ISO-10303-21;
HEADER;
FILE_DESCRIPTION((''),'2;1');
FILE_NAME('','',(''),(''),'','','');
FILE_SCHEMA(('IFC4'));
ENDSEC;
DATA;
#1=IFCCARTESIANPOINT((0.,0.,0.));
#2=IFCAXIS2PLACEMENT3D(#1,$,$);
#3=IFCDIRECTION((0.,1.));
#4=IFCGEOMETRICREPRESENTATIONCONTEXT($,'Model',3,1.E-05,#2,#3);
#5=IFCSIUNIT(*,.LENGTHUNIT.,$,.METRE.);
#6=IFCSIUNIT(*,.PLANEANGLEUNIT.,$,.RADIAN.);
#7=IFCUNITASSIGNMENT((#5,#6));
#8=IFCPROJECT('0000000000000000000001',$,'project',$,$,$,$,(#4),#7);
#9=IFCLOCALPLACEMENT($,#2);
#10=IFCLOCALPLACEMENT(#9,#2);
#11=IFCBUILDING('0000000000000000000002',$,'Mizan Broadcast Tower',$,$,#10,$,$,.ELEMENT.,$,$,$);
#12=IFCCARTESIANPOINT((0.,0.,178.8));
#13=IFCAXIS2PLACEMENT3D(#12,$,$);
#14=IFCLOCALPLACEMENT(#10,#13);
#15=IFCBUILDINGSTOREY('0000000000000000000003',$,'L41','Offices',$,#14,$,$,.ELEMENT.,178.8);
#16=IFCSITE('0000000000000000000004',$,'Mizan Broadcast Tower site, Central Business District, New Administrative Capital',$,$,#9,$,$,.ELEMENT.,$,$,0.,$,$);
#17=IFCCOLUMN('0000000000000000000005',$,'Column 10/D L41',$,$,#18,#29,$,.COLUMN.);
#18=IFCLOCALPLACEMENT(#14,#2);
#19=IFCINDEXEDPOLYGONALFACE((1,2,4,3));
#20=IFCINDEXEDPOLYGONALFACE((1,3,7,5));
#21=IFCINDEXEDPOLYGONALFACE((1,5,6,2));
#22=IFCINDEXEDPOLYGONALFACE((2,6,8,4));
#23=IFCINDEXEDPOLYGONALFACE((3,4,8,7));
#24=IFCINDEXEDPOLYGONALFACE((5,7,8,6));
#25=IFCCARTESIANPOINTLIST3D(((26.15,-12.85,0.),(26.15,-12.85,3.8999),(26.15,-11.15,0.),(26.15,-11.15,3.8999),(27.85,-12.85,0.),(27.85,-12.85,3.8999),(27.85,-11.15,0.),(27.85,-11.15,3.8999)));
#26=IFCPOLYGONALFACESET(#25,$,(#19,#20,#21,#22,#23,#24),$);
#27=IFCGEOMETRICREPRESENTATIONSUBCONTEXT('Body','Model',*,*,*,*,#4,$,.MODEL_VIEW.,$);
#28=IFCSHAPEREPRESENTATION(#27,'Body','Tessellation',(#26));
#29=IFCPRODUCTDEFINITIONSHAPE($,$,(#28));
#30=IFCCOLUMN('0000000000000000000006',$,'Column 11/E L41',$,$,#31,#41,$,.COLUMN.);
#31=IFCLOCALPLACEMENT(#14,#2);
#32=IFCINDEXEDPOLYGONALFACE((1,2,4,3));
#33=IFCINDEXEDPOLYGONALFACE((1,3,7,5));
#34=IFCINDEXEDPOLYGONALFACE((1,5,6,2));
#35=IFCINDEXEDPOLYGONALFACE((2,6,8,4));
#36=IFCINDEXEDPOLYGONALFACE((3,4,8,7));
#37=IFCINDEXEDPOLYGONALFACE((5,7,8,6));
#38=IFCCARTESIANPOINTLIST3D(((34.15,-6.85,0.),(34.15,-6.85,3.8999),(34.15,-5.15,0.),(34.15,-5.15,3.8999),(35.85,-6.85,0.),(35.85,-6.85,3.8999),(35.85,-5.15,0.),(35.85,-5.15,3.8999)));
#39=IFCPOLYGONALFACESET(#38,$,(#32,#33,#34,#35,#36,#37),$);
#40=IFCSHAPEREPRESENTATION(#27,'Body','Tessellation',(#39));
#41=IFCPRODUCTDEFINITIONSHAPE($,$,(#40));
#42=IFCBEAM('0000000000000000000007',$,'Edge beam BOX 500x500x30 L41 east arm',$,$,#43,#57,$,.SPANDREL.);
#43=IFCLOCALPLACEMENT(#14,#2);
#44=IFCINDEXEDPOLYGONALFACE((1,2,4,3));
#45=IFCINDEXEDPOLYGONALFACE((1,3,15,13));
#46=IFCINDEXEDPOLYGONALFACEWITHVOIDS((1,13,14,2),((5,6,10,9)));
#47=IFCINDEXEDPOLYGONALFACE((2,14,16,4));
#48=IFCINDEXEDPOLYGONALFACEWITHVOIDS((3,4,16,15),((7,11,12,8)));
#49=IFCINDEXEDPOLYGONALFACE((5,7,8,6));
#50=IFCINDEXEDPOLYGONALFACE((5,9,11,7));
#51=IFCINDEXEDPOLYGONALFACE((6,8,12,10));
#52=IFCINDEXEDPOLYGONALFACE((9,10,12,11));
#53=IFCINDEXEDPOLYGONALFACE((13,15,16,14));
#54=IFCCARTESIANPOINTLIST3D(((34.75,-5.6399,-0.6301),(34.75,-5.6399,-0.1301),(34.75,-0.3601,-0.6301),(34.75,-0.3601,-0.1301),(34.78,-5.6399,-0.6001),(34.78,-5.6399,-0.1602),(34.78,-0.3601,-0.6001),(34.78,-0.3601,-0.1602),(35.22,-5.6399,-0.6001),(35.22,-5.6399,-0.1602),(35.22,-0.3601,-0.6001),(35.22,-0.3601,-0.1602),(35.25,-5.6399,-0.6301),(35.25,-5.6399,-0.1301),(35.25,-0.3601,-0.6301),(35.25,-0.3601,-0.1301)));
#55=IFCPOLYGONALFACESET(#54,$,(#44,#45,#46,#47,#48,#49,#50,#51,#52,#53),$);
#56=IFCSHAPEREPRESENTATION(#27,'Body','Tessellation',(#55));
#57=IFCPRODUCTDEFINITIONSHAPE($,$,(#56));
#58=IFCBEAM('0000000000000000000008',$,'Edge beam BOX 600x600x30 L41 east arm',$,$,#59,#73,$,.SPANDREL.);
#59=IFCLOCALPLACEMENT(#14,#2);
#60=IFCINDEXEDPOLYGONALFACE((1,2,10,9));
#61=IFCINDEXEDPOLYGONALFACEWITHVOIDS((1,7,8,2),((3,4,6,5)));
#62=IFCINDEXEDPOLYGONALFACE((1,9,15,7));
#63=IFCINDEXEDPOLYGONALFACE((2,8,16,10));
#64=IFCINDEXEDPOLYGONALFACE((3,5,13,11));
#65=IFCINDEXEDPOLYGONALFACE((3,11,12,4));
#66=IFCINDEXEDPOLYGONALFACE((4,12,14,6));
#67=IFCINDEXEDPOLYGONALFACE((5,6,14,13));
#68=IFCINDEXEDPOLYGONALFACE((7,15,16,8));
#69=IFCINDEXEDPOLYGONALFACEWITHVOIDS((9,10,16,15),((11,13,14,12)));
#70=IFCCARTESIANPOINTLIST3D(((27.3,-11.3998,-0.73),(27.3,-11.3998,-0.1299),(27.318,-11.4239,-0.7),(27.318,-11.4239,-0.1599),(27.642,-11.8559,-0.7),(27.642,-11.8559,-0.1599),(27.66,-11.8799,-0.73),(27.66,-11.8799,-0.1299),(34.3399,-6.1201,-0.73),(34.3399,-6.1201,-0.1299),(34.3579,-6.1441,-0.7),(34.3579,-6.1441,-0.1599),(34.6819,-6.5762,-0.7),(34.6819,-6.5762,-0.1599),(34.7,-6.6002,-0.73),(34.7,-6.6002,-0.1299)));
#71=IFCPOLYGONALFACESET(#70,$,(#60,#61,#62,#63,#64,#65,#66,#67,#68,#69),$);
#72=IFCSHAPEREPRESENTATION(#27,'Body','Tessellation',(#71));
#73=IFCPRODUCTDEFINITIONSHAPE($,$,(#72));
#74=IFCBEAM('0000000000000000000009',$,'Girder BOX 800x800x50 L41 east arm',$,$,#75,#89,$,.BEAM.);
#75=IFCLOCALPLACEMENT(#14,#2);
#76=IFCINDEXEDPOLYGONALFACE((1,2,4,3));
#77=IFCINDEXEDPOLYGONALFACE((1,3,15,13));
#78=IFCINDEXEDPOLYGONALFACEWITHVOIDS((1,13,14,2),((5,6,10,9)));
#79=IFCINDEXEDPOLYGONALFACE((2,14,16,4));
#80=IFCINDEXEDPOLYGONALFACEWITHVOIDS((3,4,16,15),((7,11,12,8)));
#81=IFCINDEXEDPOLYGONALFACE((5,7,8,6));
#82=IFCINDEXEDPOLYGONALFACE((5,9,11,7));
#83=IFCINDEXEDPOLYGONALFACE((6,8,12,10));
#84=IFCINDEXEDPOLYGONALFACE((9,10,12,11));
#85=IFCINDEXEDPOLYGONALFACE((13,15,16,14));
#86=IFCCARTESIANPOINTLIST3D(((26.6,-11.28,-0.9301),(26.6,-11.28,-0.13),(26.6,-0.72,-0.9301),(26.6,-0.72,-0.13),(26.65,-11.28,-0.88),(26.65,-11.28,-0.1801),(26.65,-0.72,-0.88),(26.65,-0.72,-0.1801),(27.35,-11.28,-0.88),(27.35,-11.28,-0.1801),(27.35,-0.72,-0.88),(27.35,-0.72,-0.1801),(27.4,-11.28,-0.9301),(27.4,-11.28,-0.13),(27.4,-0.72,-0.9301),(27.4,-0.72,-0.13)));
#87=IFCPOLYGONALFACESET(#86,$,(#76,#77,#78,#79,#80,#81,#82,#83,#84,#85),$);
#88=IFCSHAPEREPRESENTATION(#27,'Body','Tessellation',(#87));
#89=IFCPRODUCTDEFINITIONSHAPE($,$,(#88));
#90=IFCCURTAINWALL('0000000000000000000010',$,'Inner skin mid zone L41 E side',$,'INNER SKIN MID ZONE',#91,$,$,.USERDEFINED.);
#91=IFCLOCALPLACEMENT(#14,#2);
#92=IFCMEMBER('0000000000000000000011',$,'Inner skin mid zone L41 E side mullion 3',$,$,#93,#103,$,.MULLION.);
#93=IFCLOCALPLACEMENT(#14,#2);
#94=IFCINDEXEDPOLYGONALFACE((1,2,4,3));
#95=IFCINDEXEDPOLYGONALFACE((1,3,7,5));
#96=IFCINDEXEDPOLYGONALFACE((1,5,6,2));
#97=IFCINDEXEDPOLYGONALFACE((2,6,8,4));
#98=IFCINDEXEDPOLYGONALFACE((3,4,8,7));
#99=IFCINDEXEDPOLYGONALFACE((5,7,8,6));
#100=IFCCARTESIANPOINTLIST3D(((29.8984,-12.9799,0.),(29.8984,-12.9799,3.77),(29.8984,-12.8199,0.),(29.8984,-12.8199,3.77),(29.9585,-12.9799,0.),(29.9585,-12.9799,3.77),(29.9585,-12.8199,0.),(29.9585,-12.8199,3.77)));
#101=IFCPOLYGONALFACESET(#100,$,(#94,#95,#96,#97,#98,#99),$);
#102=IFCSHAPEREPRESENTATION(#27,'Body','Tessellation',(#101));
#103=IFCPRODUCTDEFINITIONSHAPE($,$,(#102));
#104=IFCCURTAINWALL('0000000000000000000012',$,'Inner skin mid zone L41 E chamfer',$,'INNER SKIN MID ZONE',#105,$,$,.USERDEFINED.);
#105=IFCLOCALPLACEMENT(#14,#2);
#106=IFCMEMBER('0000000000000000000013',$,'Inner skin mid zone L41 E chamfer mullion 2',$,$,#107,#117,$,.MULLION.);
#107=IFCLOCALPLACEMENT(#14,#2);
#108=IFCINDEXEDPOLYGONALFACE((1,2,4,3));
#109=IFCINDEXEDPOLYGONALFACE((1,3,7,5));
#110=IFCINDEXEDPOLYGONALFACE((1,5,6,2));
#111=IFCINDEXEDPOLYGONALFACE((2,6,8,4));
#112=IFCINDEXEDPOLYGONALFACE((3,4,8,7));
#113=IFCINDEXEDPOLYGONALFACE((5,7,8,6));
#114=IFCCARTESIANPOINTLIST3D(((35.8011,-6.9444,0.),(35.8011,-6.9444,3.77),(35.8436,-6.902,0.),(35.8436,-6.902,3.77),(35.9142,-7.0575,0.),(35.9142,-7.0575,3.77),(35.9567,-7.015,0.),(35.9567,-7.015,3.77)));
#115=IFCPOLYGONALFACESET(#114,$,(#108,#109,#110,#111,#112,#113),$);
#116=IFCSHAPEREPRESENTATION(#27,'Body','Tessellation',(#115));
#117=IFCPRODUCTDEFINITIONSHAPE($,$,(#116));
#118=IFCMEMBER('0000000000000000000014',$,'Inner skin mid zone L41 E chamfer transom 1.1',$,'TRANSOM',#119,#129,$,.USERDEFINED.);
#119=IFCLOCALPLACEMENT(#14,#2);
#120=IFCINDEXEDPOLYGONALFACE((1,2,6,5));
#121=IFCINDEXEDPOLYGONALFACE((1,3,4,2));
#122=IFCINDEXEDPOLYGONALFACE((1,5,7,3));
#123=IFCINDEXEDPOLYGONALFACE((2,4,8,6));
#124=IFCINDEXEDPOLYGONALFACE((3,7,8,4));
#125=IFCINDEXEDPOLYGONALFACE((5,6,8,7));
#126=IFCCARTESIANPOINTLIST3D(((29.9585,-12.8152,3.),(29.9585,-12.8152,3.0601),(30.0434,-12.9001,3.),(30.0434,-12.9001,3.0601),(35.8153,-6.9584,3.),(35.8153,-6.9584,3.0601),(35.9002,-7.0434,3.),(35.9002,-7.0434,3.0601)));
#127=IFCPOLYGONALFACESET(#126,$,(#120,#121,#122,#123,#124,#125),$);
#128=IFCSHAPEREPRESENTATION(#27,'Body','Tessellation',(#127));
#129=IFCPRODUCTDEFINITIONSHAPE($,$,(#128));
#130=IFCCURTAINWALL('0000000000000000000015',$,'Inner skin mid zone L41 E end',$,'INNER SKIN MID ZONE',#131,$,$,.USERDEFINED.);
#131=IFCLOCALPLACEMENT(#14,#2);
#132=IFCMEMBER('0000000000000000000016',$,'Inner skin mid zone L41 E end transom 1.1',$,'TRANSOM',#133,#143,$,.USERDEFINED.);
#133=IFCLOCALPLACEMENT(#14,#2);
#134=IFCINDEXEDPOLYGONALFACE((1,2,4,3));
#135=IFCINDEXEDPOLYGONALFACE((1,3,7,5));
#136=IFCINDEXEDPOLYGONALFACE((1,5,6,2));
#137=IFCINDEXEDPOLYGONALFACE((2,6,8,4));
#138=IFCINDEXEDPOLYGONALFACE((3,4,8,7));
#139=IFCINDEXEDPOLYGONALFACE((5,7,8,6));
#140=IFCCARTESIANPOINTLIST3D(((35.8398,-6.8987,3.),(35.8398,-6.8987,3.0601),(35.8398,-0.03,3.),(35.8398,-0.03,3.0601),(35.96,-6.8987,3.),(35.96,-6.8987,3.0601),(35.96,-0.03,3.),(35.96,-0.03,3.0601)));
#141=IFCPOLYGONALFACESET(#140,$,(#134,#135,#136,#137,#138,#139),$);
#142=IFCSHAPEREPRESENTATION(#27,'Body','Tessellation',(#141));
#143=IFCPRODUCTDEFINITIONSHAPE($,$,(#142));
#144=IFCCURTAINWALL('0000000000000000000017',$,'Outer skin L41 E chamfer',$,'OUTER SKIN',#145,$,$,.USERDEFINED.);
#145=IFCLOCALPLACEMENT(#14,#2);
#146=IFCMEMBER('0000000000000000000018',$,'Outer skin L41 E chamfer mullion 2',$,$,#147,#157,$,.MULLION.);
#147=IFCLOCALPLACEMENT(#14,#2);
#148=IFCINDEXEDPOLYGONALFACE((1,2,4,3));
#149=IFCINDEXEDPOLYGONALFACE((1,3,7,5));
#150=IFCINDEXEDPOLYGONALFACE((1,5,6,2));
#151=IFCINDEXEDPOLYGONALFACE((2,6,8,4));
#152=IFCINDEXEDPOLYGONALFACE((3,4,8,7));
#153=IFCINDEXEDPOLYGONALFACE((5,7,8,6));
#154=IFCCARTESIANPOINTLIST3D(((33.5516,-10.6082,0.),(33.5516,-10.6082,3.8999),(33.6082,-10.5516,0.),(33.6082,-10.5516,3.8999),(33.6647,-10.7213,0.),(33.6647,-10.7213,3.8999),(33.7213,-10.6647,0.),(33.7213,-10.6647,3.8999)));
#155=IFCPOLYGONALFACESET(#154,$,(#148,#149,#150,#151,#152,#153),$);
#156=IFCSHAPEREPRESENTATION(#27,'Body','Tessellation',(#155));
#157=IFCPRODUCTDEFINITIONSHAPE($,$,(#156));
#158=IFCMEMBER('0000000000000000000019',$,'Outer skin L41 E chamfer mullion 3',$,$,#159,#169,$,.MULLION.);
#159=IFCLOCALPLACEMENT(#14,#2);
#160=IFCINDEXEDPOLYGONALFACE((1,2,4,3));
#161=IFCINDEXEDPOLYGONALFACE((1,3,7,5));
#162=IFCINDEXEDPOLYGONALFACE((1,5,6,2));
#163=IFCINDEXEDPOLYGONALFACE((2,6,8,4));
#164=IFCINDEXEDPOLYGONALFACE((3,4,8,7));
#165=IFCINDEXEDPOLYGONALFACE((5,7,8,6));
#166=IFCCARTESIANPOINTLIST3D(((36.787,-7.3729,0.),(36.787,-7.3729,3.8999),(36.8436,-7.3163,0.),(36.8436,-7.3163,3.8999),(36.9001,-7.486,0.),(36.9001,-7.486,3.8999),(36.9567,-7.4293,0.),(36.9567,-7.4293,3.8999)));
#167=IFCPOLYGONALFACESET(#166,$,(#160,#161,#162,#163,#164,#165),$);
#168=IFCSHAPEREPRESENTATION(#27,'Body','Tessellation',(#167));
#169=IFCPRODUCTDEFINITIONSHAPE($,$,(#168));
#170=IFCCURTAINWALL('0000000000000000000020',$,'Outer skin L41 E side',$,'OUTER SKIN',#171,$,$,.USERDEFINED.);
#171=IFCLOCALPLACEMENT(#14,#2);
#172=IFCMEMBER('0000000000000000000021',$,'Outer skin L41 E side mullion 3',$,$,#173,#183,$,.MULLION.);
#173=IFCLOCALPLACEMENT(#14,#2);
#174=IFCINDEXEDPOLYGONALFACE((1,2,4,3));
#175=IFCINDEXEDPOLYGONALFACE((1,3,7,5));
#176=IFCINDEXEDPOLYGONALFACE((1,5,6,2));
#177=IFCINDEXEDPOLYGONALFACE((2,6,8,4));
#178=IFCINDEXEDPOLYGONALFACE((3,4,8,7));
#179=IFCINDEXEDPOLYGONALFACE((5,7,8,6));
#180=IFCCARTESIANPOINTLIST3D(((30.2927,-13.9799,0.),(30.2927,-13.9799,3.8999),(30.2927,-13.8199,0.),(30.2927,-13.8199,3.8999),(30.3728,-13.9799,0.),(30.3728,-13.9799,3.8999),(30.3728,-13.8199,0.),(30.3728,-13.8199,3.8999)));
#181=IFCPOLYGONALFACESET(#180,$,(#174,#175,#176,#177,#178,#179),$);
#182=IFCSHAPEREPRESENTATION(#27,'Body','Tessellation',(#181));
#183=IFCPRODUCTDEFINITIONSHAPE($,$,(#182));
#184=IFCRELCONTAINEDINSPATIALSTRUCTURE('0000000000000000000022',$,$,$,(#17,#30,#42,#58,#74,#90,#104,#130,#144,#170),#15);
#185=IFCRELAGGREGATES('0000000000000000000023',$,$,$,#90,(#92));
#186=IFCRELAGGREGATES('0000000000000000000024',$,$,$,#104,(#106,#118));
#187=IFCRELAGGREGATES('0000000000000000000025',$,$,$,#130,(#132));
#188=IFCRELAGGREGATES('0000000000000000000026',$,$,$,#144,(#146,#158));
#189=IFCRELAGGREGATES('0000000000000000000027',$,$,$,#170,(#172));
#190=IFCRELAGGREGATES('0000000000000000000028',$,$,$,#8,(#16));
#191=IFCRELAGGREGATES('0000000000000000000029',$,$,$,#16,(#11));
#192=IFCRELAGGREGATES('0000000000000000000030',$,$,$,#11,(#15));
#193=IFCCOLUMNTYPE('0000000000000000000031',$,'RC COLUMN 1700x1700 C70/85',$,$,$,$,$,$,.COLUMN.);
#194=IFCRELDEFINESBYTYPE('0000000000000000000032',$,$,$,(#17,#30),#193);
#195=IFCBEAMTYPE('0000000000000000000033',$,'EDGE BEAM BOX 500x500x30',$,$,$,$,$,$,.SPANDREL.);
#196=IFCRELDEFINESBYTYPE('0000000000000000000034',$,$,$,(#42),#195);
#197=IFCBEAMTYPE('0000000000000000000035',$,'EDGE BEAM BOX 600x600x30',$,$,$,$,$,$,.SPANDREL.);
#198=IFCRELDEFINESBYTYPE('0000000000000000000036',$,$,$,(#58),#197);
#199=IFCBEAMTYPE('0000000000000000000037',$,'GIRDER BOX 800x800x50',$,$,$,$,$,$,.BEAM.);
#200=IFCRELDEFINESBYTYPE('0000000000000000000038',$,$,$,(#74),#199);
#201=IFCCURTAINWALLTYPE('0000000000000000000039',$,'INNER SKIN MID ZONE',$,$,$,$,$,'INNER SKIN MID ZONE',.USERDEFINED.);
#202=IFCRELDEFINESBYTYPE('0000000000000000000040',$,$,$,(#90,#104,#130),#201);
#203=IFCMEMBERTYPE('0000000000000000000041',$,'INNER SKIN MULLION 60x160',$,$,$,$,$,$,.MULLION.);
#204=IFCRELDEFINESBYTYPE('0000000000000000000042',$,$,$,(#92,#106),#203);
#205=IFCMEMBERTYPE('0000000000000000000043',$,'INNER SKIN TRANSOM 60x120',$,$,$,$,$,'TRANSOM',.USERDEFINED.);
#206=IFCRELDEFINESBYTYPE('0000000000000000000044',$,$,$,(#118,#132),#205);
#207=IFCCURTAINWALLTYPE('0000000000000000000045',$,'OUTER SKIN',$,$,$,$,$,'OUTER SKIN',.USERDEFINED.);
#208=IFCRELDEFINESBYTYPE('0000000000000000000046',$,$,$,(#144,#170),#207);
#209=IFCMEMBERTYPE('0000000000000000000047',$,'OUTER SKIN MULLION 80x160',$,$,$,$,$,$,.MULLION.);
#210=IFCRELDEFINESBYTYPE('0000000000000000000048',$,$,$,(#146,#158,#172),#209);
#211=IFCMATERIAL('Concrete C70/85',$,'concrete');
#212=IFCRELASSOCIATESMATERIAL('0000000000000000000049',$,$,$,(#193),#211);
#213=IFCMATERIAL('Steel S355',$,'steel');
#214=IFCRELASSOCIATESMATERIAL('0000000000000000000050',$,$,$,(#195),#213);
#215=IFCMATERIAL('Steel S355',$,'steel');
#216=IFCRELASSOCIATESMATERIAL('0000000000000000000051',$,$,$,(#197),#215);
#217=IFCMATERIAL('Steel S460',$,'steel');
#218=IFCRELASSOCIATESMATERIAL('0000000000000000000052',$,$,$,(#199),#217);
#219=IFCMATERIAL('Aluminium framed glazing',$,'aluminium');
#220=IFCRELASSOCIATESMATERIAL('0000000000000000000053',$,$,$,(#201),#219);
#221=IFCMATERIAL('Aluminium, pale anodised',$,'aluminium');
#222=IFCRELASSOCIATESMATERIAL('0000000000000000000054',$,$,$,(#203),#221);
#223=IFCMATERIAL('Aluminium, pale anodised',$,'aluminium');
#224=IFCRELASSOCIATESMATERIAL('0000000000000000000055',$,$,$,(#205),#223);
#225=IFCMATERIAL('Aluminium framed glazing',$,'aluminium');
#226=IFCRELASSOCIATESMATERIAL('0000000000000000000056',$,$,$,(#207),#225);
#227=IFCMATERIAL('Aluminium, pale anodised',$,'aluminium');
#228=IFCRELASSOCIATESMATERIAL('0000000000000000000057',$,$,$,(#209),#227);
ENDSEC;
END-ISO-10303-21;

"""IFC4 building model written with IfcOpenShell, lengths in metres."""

from ifc_helpers import new_model, si_unit, direction, frame, origin, origin_2d, place, context, subcontext, project, spatial, rectangle, hollow_rectangle, extrude, material, material_profile, profile_set, type_object, element, aggregate, save


model = new_model("IFC4")

# Units and contexts
model_context = context("Model", 3, precision=1e-05, world=origin(), true_north=direction((0.0, 1.0)))
body_context = subcontext(model_context, "Body", "Model", "MODEL_VIEW")
ifc_project = project(units=[si_unit("LENGTHUNIT", "METRE"), si_unit("PLANEANGLEUNIT", "RADIAN")], contexts=[model_context])

# Site, building, storey
site_placement = place(None, origin())
site = spatial("IfcSite", under=ifc_project, at=site_placement, Name="Mizan Broadcast Tower site, Central Business District, New Administrative Capital", CompositionType="ELEMENT", RefElevation=0.0)
building_placement = place(site_placement, origin())
building = spatial("IfcBuilding", under=site, at=building_placement, Name="Mizan Broadcast Tower", CompositionType="ELEMENT")
storey_placement = place(building_placement, frame((0.0, 0.0, 178.8)))
storey = spatial("IfcBuildingStorey", under=building, at=storey_placement, Name="L41", Description="Offices", CompositionType="ELEMENT", Elevation=178.8)

# Columns
ifc_material_1 = material(Name="Concrete C70/85", Category="concrete")
ifc_material_profile_1 = material_profile(ifc_material_1, rectangle(XDim=1.7, YDim=1.7, at=origin_2d()), Name="RC 1700x1700")
ifc_profile_set_1 = profile_set([ifc_material_profile_1], Name="Concrete C70/85")
column_type = type_object("IfcColumnType", Name="RC COLUMN 1700x1700 C70/85", PredefinedType="COLUMN", material=ifc_profile_set_1)
for number, where, z_axis, x_axis, name in (
    (1, (27.0, -12.0, 0.0), (0.0, 0.0, 1.0), (1.0, 0.0, 0.0), "Column 10/D L41"),
    (2, (35.0, -6.0, 0.0), (0.0, 0.0, 1.0), (1.0, 0.0, 0.0), "Column 11/E L41"),
):
    element("IfcColumn", number, at=place(storey_placement, frame(where, z_axis=z_axis, x_axis=x_axis)), inside=storey, type_object=column_type, Name=name, PredefinedType="COLUMN", context=body_context, shape_type="SweptSolid", body=[
        extrude(rectangle(XDim=1.7, YDim=1.7, at=origin_2d()), origin(), (0.0, 0.0, 1.0), 3.8999),
    ])

# Beams
ifc_material_2 = material(Name="Steel S355", Category="steel")
ifc_material_profile_2 = material_profile(ifc_material_2, hollow_rectangle(XDim=0.5, YDim=0.5, WallThickness=0.03, at=origin_2d()), Name="BOX 500x500x30")
ifc_profile_set_2 = profile_set([ifc_material_profile_2], Name="Steel S355")
beam_type_1 = type_object("IfcBeamType", Name="EDGE BEAM BOX 500x500x30", PredefinedType="SPANDREL", material=ifc_profile_set_2)
beam_1_placement = place(storey_placement, frame((35.0, -5.6399, -0.3801), z_axis=(0.0, 1.0, 0.0), x_axis=(-1.0, 0.0, 0.0)))
element("IfcBeam", 3, at=beam_1_placement, inside=storey, type_object=beam_type_1, Name="Edge beam BOX 500x500x30 L41 east arm", PredefinedType="SPANDREL", context=body_context, shape_type="SweptSolid", body=[
    extrude(hollow_rectangle(XDim=0.5, YDim=0.5, WallThickness=0.03, at=origin_2d()), origin(), (0.0, 0.0, 1.0), 5.2798),
])
ifc_material_3 = material(Name="Steel S355", Category="steel")
ifc_material_profile_3 = material_profile(ifc_material_3, hollow_rectangle(XDim=0.6001, YDim=0.6001, WallThickness=0.03, at=origin_2d()), Name="BOX 600x600x30")
ifc_profile_set_3 = profile_set([ifc_material_profile_3], Name="Steel S355")
beam_type_2 = type_object("IfcBeamType", Name="EDGE BEAM BOX 600x600x30", PredefinedType="SPANDREL", material=ifc_profile_set_3)
beam_2_placement = place(storey_placement, frame((27.48, -11.6399, -0.4299), z_axis=(0.800013, 0.599982, 0.0), x_axis=(-0.599982, 0.800013, 0.0)))
element("IfcBeam", 4, at=beam_2_placement, inside=storey, type_object=beam_type_2, Name="Edge beam BOX 600x600x30 L41 east arm", PredefinedType="SPANDREL", context=body_context, shape_type="SweptSolid", body=[
    extrude(hollow_rectangle(XDim=0.6001, YDim=0.6001, WallThickness=0.03, at=origin_2d()), origin(), (0.0, 0.0, 1.0), 8.7998),
])
ifc_material_4 = material(Name="Steel S460", Category="steel")
ifc_material_profile_4 = material_profile(ifc_material_4, hollow_rectangle(XDim=0.8, YDim=0.8, WallThickness=0.05, at=origin_2d()), Name="BOX 800x800x50")
ifc_profile_set_4 = profile_set([ifc_material_profile_4], Name="Steel S460")
beam_type_3 = type_object("IfcBeamType", Name="GIRDER BOX 800x800x50", PredefinedType="BEAM", material=ifc_profile_set_4)
beam_3_placement = place(storey_placement, frame((27.0, -11.28, -0.53), z_axis=(0.0, 1.0, 0.0), x_axis=(-1.0, 0.0, 0.0)))
element("IfcBeam", 5, at=beam_3_placement, inside=storey, type_object=beam_type_3, Name="Girder BOX 800x800x50 L41 east arm", PredefinedType="BEAM", context=body_context, shape_type="SweptSolid", body=[
    extrude(hollow_rectangle(XDim=0.8, YDim=0.8, WallThickness=0.05, at=origin_2d()), origin(), (0.0, 0.0, 1.0), 10.5601),
])

# Curtain wall, member
ifc_material_5 = material(Name="Aluminium framed glazing", Category="aluminium")
curtain_wall_type_1 = type_object("IfcCurtainWallType", Name="INNER SKIN MID ZONE", ElementType="INNER SKIN MID ZONE", PredefinedType="USERDEFINED", material=ifc_material_5)
curtain_wall_1_placement = place(storey_placement, origin())
curtain_wall_1 = element("IfcCurtainWall", 6, at=curtain_wall_1_placement, inside=storey, type_object=curtain_wall_type_1, Name="Inner skin mid zone L41 E side", ObjectType="INNER SKIN MID ZONE", PredefinedType="USERDEFINED")
ifc_material_6 = material(Name="Aluminium, pale anodised", Category="aluminium")
ifc_material_profile_5 = material_profile(ifc_material_6, rectangle(XDim=0.1599, YDim=0.0601, at=origin_2d()), Name="MULLION 160x60")
ifc_profile_set_5 = profile_set([ifc_material_profile_5], Name="Aluminium, pale anodised")
member_type_1 = type_object("IfcMemberType", Name="INNER SKIN MULLION 60x160", PredefinedType="MULLION", material=ifc_profile_set_5)
member_1_placement = place(storey_placement, frame((29.9285, -12.8999, 0.0), z_axis=(0.0, 0.0, 1.0), x_axis=(0.0, 1.0, 0.0)))
member_1 = element("IfcMember", 7, at=member_1_placement, type_object=member_type_1, Name="Inner skin mid zone L41 E side mullion 3", PredefinedType="MULLION", context=body_context, shape_type="SweptSolid", body=[
    extrude(rectangle(XDim=0.1599, YDim=0.0601, at=origin_2d()), origin(), (0.0, 0.0, 1.0), 3.77),
])

# Curtain wall, members
curtain_wall_2_placement = place(storey_placement, origin())
curtain_wall_2 = element("IfcCurtainWall", 8, at=curtain_wall_2_placement, inside=storey, type_object=curtain_wall_type_1, Name="Inner skin mid zone L41 E chamfer", ObjectType="INNER SKIN MID ZONE", PredefinedType="USERDEFINED")
member_2_placement = place(storey_placement, frame((35.8789, -6.9797, 0.0), z_axis=(0.0, 0.0, 1.0), x_axis=(-0.707107, 0.707107, 0.0)))
member_2 = element("IfcMember", 9, at=member_2_placement, type_object=member_type_1, Name="Inner skin mid zone L41 E chamfer mullion 2", PredefinedType="MULLION", context=body_context, shape_type="SweptSolid", body=[
    extrude(rectangle(XDim=0.1599, YDim=0.0601, at=origin_2d()), origin(), (0.0, 0.0, 1.0), 3.77),
])
ifc_material_7 = material(Name="Aluminium, pale anodised", Category="aluminium")
ifc_material_profile_6 = material_profile(ifc_material_7, rectangle(XDim=0.1201, YDim=0.0601, at=origin_2d()), Name="TRANSOM 120x60")
ifc_profile_set_6 = profile_set([ifc_material_profile_6], Name="Aluminium, pale anodised")
member_type_2 = type_object("IfcMemberType", Name="INNER SKIN TRANSOM 60x120", ElementType="TRANSOM", PredefinedType="USERDEFINED", material=ifc_profile_set_6)
member_3_placement = place(storey_placement, frame((30.001, -12.8577, 3.03), z_axis=(0.707107, 0.707107, 0.0), x_axis=(-0.707107, 0.707107, 0.0)))
member_3 = element("IfcMember", 10, at=member_3_placement, type_object=member_type_2, Name="Inner skin mid zone L41 E chamfer transom 1.1", ObjectType="TRANSOM", PredefinedType="USERDEFINED", context=body_context, shape_type="SweptSolid", body=[
    extrude(rectangle(XDim=0.1201, YDim=0.0601, at=origin_2d()), origin(), (0.0, 0.0, 1.0), 8.2827),
])

# Curtain wall, member
curtain_wall_3_placement = place(storey_placement, origin())
curtain_wall_3 = element("IfcCurtainWall", 11, at=curtain_wall_3_placement, inside=storey, type_object=curtain_wall_type_1, Name="Inner skin mid zone L41 E end", ObjectType="INNER SKIN MID ZONE", PredefinedType="USERDEFINED")
member_4_placement = place(storey_placement, frame((35.8999, -6.8987, 3.03), z_axis=(0.0, 1.0, 0.0), x_axis=(-1.0, 0.0, 0.0)))
member_4 = element("IfcMember", 12, at=member_4_placement, type_object=member_type_2, Name="Inner skin mid zone L41 E end transom 1.1", ObjectType="TRANSOM", PredefinedType="USERDEFINED", context=body_context, shape_type="SweptSolid", body=[
    extrude(rectangle(XDim=0.1201, YDim=0.0601, at=origin_2d()), origin(), (0.0, 0.0, 1.0), 6.8687),
])

# Curtain wall, members
ifc_material_8 = material(Name="Aluminium framed glazing", Category="aluminium")
curtain_wall_type_2 = type_object("IfcCurtainWallType", Name="OUTER SKIN", ElementType="OUTER SKIN", PredefinedType="USERDEFINED", material=ifc_material_8)
curtain_wall_4_placement = place(storey_placement, origin())
curtain_wall_4 = element("IfcCurtainWall", 13, at=curtain_wall_4_placement, inside=storey, type_object=curtain_wall_type_2, Name="Outer skin L41 E chamfer", ObjectType="OUTER SKIN", PredefinedType="USERDEFINED")
ifc_material_9 = material(Name="Aluminium, pale anodised", Category="aluminium")
ifc_material_profile_7 = material_profile(ifc_material_9, rectangle(XDim=0.1599, YDim=0.0801, at=origin_2d()), Name="MULLION 160x80")
ifc_profile_set_7 = profile_set([ifc_material_profile_7], Name="Aluminium, pale anodised")
member_type_3 = type_object("IfcMemberType", Name="OUTER SKIN MULLION 80x160", PredefinedType="MULLION", material=ifc_profile_set_7)
member_5_placement = place(storey_placement, frame((33.6365, -10.6365, 0.0), z_axis=(0.0, 0.0, 1.0), x_axis=(-0.707107, 0.707107, 0.0)))
member_5 = element("IfcMember", 14, at=member_5_placement, type_object=member_type_3, Name="Outer skin L41 E chamfer mullion 2", PredefinedType="MULLION", context=body_context, shape_type="SweptSolid", body=[
    extrude(rectangle(XDim=0.1599, YDim=0.0801, at=origin_2d()), origin(), (0.0, 0.0, 1.0), 3.8999),
])
member_6_placement = place(storey_placement, frame((36.8718, -7.4011, 0.0), z_axis=(0.0, 0.0, 1.0), x_axis=(-0.707107, 0.707107, 0.0)))
member_6 = element("IfcMember", 15, at=member_6_placement, type_object=member_type_3, Name="Outer skin L41 E chamfer mullion 3", PredefinedType="MULLION", context=body_context, shape_type="SweptSolid", body=[
    extrude(rectangle(XDim=0.1599, YDim=0.0801, at=origin_2d()), origin(), (0.0, 0.0, 1.0), 3.8999),
])

# Curtain wall, member
curtain_wall_5_placement = place(storey_placement, origin())
curtain_wall_5 = element("IfcCurtainWall", 16, at=curtain_wall_5_placement, inside=storey, type_object=curtain_wall_type_2, Name="Outer skin L41 E side", ObjectType="OUTER SKIN", PredefinedType="USERDEFINED")
member_7_placement = place(storey_placement, frame((30.3328, -13.8999, 0.0), z_axis=(0.0, 0.0, 1.0), x_axis=(0.0, 1.0, 0.0)))
member_7 = element("IfcMember", 17, at=member_7_placement, type_object=member_type_3, Name="Outer skin L41 E side mullion 3", PredefinedType="MULLION", context=body_context, shape_type="SweptSolid", body=[
    extrude(rectangle(XDim=0.1599, YDim=0.0801, at=origin_2d()), origin(), (0.0, 0.0, 1.0), 3.8999),
])

aggregate(curtain_wall_1, [member_1])
aggregate(curtain_wall_2, [member_2, member_3])
aggregate(curtain_wall_3, [member_4])
aggregate(curtain_wall_4, [member_5, member_6])
aggregate(curtain_wall_5, [member_7])

save(model, "model.ifc")
